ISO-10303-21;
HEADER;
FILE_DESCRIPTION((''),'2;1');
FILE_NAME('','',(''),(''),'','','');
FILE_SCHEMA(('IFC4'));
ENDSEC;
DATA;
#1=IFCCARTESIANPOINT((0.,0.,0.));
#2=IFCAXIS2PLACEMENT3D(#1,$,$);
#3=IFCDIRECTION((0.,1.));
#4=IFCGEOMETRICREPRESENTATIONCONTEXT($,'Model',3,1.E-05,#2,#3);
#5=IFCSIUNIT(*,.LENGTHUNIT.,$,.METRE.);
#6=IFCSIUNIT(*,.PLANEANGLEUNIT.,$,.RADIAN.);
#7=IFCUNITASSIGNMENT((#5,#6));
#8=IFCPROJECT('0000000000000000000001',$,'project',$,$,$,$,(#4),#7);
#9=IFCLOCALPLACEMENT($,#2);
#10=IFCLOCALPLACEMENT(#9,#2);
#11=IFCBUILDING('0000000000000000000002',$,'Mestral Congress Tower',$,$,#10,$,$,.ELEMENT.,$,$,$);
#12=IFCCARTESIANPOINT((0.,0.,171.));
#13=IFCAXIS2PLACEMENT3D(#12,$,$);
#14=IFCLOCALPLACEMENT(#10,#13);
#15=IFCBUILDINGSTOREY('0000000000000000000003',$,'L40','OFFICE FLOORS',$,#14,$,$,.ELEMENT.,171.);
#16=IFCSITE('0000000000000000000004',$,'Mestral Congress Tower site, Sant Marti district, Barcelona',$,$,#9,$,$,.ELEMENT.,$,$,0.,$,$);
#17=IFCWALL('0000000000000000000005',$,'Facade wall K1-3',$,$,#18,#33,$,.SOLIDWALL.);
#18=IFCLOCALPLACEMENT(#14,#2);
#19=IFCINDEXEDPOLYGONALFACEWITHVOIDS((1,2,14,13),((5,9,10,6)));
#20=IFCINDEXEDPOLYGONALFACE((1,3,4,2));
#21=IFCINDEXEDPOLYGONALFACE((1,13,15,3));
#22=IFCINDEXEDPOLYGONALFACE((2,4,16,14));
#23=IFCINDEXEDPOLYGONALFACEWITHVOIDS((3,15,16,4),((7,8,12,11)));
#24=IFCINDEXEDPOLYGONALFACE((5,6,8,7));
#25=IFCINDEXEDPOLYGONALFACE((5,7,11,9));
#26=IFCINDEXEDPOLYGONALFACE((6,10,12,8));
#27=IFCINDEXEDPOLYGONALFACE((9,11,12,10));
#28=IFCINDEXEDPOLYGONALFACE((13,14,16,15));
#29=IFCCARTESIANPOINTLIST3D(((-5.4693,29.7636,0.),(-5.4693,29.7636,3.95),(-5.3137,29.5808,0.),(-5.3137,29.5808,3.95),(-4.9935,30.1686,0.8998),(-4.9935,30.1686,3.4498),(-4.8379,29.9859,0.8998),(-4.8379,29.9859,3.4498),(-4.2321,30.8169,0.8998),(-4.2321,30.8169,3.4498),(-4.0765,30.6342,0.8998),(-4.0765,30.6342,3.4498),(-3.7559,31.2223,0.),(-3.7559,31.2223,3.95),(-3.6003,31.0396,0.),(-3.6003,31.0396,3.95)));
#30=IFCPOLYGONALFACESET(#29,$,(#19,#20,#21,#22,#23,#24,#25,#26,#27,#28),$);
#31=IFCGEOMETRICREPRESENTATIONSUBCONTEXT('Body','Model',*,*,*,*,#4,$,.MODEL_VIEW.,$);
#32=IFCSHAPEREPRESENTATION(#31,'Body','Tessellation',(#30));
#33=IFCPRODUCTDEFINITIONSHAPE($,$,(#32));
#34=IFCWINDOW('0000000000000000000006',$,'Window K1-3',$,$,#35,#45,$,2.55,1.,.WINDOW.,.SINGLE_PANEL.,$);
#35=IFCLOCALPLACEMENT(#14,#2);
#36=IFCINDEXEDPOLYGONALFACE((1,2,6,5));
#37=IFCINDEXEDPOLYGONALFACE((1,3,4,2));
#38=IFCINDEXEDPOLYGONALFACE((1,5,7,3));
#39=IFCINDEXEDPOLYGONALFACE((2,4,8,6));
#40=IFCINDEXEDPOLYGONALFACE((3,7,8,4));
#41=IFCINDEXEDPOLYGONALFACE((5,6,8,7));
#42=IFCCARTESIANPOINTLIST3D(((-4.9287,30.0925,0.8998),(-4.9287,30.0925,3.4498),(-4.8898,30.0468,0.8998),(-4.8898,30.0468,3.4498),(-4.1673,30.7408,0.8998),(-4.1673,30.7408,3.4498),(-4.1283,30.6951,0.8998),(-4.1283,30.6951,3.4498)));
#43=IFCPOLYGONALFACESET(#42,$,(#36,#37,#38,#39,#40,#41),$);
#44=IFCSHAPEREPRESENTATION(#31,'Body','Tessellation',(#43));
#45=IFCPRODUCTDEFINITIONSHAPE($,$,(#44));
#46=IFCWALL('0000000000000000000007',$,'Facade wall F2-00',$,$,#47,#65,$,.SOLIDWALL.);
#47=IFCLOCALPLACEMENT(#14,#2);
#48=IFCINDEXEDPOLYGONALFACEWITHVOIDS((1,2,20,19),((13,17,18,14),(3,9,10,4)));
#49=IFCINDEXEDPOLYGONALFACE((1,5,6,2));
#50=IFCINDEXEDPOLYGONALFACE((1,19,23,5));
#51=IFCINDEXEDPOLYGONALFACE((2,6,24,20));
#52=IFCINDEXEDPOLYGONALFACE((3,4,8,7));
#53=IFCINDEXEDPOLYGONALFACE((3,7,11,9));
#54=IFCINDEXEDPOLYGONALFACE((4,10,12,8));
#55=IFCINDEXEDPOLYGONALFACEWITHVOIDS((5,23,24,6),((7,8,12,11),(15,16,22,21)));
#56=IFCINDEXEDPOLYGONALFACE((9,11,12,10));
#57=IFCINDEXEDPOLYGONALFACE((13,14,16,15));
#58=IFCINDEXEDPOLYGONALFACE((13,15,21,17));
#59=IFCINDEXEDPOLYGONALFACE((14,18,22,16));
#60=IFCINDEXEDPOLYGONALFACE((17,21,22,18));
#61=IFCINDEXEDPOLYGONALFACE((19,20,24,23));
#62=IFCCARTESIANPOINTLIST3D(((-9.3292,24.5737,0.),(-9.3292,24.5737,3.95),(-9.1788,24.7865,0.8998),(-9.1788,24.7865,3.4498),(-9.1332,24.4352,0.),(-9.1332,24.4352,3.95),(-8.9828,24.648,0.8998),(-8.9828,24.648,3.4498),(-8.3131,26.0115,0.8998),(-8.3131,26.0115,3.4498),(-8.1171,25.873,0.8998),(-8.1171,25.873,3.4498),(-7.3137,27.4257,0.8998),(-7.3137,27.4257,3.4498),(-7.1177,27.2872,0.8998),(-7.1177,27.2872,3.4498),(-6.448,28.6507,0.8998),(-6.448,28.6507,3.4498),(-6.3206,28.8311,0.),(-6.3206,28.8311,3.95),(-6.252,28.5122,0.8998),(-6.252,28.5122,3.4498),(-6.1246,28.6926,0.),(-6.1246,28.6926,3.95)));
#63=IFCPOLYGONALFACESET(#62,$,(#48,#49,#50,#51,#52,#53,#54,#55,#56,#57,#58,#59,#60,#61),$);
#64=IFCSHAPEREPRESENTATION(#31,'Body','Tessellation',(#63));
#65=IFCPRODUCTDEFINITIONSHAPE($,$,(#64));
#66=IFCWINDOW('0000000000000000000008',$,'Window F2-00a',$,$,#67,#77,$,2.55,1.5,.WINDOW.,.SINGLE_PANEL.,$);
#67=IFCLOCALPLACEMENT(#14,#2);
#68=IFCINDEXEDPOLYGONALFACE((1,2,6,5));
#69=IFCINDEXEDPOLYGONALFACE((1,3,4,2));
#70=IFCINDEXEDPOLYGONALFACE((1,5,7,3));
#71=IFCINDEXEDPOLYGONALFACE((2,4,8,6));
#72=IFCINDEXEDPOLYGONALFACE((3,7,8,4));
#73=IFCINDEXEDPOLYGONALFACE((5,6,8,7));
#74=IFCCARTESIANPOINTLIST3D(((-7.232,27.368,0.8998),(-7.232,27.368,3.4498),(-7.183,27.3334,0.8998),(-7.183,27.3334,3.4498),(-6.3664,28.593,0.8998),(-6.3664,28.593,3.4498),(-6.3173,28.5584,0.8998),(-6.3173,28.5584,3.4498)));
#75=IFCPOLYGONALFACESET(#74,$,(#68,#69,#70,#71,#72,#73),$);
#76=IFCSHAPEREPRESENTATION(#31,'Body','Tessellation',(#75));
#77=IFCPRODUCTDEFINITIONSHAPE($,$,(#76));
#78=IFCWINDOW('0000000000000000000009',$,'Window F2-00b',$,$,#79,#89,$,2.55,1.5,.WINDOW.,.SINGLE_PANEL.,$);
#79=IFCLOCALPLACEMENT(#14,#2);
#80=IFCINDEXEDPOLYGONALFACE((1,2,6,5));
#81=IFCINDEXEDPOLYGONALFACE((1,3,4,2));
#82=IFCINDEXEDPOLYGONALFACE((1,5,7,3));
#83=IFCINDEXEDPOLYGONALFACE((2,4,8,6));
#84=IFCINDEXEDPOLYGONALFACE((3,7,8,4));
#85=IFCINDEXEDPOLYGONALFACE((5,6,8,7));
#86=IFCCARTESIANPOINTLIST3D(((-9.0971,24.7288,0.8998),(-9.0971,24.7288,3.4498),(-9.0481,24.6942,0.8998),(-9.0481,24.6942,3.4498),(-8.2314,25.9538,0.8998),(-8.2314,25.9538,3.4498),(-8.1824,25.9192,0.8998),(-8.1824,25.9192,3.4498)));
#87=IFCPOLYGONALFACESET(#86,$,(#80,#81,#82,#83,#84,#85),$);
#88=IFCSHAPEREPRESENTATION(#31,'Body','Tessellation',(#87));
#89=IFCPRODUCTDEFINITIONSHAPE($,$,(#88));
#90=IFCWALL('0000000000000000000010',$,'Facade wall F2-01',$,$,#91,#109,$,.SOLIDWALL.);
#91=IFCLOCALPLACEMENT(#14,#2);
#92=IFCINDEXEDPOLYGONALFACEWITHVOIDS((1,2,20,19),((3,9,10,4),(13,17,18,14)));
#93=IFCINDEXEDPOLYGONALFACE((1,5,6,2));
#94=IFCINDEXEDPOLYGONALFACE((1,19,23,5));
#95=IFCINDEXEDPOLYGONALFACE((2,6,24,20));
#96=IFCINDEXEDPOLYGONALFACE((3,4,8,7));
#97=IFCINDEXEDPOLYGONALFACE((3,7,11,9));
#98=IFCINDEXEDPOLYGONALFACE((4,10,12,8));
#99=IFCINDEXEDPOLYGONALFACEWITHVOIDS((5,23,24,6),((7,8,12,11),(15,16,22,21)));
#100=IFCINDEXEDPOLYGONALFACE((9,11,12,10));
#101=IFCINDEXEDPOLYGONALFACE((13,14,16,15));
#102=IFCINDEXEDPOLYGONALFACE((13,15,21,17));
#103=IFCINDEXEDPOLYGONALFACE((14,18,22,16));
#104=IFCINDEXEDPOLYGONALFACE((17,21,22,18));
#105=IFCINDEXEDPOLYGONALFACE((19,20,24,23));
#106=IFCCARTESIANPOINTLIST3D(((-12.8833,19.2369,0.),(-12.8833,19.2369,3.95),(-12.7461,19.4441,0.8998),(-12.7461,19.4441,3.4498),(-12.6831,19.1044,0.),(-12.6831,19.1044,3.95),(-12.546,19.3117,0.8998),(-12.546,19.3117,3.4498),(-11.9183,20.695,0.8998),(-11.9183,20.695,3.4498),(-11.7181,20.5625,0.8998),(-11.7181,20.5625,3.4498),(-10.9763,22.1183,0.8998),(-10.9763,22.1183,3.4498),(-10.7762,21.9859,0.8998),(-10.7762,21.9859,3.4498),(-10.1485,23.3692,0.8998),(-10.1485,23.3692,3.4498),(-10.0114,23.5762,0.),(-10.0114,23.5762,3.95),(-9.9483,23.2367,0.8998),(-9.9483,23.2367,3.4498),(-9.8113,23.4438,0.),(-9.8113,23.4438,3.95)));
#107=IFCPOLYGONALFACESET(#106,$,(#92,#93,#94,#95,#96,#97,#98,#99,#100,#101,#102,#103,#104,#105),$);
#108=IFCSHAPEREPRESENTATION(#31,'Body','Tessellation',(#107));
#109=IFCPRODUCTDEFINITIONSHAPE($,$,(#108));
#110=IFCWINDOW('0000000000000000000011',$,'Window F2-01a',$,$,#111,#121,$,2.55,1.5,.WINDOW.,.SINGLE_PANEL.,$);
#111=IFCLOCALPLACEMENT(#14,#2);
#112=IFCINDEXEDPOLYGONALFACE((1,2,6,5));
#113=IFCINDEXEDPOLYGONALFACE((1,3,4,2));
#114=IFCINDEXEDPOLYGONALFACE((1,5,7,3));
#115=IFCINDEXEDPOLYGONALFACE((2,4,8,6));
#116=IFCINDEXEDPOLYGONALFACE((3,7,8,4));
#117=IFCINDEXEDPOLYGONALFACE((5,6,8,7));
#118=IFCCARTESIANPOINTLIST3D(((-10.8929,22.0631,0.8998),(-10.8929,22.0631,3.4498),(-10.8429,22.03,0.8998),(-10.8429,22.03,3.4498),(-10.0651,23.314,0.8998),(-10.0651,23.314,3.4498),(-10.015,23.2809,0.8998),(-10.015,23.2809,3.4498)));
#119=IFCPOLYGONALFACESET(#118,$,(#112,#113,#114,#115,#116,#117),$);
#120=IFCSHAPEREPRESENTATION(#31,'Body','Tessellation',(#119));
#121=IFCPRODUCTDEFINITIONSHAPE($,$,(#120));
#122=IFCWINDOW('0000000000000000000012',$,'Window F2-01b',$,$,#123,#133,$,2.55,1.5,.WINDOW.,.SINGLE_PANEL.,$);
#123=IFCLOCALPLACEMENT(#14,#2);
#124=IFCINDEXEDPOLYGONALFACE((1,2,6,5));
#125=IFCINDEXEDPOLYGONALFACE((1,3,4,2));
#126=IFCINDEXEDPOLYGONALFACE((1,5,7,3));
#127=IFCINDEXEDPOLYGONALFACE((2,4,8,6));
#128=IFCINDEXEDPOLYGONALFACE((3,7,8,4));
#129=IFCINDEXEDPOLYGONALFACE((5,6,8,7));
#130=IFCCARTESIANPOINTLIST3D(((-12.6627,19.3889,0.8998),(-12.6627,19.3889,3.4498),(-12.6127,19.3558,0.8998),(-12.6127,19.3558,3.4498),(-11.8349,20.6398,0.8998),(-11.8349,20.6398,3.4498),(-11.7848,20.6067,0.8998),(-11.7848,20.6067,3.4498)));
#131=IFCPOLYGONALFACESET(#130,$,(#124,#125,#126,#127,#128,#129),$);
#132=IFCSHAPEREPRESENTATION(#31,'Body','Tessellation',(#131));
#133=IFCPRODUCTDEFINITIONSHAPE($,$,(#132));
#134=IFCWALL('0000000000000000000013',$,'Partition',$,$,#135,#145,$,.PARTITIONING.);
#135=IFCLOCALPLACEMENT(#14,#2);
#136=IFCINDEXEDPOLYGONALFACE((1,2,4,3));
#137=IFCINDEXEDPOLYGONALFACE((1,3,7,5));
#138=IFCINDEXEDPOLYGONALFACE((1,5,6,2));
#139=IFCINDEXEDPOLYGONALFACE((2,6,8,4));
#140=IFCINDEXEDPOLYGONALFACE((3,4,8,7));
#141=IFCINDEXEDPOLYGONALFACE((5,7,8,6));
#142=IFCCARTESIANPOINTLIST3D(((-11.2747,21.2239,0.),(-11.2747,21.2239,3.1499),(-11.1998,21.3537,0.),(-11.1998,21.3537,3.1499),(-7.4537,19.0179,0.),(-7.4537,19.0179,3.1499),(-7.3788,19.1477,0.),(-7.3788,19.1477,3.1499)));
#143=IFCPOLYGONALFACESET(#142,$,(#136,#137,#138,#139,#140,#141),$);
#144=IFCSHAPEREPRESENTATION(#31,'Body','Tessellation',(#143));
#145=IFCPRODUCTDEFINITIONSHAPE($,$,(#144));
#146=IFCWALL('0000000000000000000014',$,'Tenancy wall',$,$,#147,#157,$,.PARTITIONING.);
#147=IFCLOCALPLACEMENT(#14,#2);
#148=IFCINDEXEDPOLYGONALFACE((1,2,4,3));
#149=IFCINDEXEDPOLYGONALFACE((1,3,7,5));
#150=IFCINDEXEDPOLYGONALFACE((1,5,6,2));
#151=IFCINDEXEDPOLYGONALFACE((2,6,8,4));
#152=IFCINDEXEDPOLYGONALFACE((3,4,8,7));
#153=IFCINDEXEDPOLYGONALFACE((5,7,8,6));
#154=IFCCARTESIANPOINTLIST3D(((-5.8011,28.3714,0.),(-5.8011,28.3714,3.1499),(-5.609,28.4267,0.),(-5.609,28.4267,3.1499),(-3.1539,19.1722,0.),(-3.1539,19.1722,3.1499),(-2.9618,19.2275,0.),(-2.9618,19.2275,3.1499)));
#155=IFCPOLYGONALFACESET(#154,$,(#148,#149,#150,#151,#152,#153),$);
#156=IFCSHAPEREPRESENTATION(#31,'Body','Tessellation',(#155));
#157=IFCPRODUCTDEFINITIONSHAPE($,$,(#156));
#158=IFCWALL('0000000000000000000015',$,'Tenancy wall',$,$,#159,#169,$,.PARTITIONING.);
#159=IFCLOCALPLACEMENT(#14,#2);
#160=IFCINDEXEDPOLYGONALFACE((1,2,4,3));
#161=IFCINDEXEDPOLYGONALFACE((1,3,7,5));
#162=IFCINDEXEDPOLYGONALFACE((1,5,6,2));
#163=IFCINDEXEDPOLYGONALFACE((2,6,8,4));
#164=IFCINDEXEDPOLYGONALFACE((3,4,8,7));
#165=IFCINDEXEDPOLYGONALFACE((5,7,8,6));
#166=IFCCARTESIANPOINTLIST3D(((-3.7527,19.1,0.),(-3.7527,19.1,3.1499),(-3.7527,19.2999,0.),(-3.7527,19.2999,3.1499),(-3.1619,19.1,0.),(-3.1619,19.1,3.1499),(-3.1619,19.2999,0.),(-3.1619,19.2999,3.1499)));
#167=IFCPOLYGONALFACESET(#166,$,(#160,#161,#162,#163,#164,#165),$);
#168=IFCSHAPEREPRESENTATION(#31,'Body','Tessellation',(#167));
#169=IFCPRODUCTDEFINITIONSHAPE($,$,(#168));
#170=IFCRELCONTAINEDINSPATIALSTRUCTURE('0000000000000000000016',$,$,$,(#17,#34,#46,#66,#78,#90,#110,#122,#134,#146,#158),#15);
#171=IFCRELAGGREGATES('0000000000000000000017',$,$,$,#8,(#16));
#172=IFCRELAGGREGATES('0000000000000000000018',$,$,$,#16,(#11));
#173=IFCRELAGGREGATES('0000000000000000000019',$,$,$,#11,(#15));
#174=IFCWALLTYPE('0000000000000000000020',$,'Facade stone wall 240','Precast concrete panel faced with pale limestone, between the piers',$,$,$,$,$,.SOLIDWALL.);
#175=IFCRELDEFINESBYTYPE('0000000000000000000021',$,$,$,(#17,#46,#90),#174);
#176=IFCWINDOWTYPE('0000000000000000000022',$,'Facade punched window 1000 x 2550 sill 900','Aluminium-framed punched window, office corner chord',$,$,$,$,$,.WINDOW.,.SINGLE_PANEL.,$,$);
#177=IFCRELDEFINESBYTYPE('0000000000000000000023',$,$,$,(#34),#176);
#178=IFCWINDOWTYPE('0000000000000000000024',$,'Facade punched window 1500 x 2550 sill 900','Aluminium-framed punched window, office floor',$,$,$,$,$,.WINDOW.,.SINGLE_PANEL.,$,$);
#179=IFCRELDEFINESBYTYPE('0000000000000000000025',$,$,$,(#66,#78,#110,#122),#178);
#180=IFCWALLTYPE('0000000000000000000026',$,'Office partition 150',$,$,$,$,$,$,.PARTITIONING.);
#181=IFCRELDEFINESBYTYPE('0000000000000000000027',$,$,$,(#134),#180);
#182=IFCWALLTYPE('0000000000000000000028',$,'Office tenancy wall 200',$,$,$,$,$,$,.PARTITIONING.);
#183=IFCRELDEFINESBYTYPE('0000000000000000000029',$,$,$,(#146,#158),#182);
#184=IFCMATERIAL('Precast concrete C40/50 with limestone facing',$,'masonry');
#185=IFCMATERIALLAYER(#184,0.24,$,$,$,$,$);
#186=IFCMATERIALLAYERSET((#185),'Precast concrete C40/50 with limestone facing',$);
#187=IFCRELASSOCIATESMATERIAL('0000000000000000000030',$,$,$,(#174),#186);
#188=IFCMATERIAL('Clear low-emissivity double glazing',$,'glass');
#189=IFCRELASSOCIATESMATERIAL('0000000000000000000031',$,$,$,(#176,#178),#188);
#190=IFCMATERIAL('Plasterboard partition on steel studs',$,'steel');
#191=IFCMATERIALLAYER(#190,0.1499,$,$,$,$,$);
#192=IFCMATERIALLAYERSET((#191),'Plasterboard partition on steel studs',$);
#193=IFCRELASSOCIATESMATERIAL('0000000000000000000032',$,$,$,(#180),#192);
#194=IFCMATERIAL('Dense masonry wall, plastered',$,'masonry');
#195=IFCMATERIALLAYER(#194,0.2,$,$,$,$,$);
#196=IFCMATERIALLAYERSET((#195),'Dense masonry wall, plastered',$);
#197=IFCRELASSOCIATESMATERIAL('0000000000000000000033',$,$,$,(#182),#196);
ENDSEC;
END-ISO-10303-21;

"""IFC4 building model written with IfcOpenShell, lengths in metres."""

from ifc_helpers import new_model, si_unit, direction, frame, frame_2d, origin, place, context, subcontext, project, spatial, rectangle, extrude, material, layer, layer_set, type_object, element, fill, save


model = new_model("IFC4")

# Units and contexts
model_context = context("Model", 3, precision=1e-05, world=origin(), true_north=direction((0.0, 1.0)))
body_context = subcontext(model_context, "Body", "Model", "MODEL_VIEW")
ifc_project = project(units=[si_unit("LENGTHUNIT", "METRE"), si_unit("PLANEANGLEUNIT", "RADIAN")], contexts=[model_context])

# Site, building, storey
site_placement = place(None, origin())
site = spatial("IfcSite", under=ifc_project, at=site_placement, Name="Mestral Congress Tower site, Sant Marti district, Barcelona", CompositionType="ELEMENT", RefElevation=0.0)
building_placement = place(site_placement, origin())
building = spatial("IfcBuilding", under=site, at=building_placement, Name="Mestral Congress Tower", CompositionType="ELEMENT")
storey_placement = place(building_placement, frame((0.0, 0.0, 171.0)))
storey = spatial("IfcBuildingStorey", under=building, at=storey_placement, Name="L40", Description="OFFICE FLOORS", CompositionType="ELEMENT", Elevation=171.0)

# Wall, opening, window
ifc_material_1 = material(Name="Precast concrete C40/50 with limestone facing", Category="masonry")
ifc_layer_1 = layer(ifc_material_1, 0.24)
ifc_layer_set_1 = layer_set([ifc_layer_1], Name="Precast concrete C40/50 with limestone facing")
wall_type_1 = type_object("IfcWallType", Name="Facade stone wall 240", Description="Precast concrete panel faced with pale limestone, between the piers", PredefinedType="SOLIDWALL", material=ifc_layer_set_1)
ifc_material_2 = material(Name="Clear low-emissivity double glazing", Category="glass")
window_type_1 = type_object("IfcWindowType", Name="Facade punched window 1000 x 2550 sill 900", Description="Aluminium-framed punched window, office corner chord", PartitioningType="SINGLE_PANEL", PredefinedType="WINDOW", material=ifc_material_2)
wall_1_placement = place(storey_placement, frame((-3.6782, 31.1309, 0.0), z_axis=(0.0, 0.0, 1.0), x_axis=(-0.76142, -0.648259, 0.0)))
wall_1 = element("IfcWall", 1, at=wall_1_placement, inside=storey, type_object=wall_type_1, Name="Facade wall K1-3", PredefinedType="SOLIDWALL", context=body_context, shape_type="SweptSolid", body=[
    extrude(rectangle(XDim=2.2502, YDim=0.24, at=frame_2d((1.125, 0.0))), origin(), (0.0, 0.0, 1.0), 3.95),
])
opening_1_placement = place(wall_1_placement, frame((0.6252, 0.0, 0.8999)))
opening_1 = element("IfcOpeningElement", 2, at=opening_1_placement, cuts=wall_1, PredefinedType="OPENING", context=body_context, shape_type="SweptSolid", body=[
    extrude(rectangle(XDim=1.0, YDim=2.55, at=frame_2d((0.5, 1.2749))), frame((0.0, 0.1299, 0.0), z_axis=(0.0, -1.0, 0.0), x_axis=(1.0, 0.0, 0.0)), (0.0, 0.0, 1.0), 0.26),
])
window_1_placement = place(opening_1_placement, origin())
window_1 = element("IfcWindow", 3, at=window_1_placement, inside=storey, type_object=window_type_1, Name="Window K1-3", OverallHeight=2.55, OverallWidth=1.0, PartitioningType="SINGLE_PANEL", PredefinedType="WINDOW", context=body_context, shape_type="SweptSolid", body=[
    extrude(rectangle(XDim=1.0, YDim=2.55, at=frame_2d((0.5, 1.2749))), frame((0.0, 0.04, 0.0), z_axis=(0.0, -1.0, 0.0), x_axis=(1.0, 0.0, 0.0)), (0.0, 0.0, 1.0), 0.0601),
])
fill(opening_1, window_1)

# Walls, openings, windows
wall_2_placement = place(storey_placement, frame((-6.2227, 28.7617, 0.0), z_axis=(0.0, 0.0, 1.0), x_axis=(-0.577115, -0.816663, 0.0)))
wall_2 = element("IfcWall", 4, at=wall_2_placement, inside=storey, type_object=wall_type_1, Name="Facade wall F2-00", PredefinedType="SOLIDWALL", context=body_context, shape_type="SweptSolid", body=[
    extrude(rectangle(XDim=5.2131, YDim=0.24, at=frame_2d((2.6064, 0.0))), origin(), (0.0, 0.0, 1.0), 3.95),
])
opening_2_placement = place(wall_2_placement, frame((0.2207, 0.0, 0.8999)))
opening_2 = element("IfcOpeningElement", 5, at=opening_2_placement, cuts=wall_2, PredefinedType="OPENING", context=body_context, shape_type="SweptSolid", body=[
    extrude(rectangle(XDim=1.5, YDim=2.55, at=frame_2d((0.75, 1.2749))), frame((0.0, 0.1299, 0.0), z_axis=(0.0, -1.0, 0.0), x_axis=(1.0, 0.0, 0.0)), (0.0, 0.0, 1.0), 0.26),
])
opening_3_placement = place(wall_2_placement, frame((3.4524, 0.0, 0.8999)))
opening_3 = element("IfcOpeningElement", 6, at=opening_3_placement, cuts=wall_2, PredefinedType="OPENING", context=body_context, shape_type="SweptSolid", body=[
    extrude(rectangle(XDim=1.5, YDim=2.55, at=frame_2d((0.75, 1.2749))), frame((0.0, 0.1299, 0.0), z_axis=(0.0, -1.0, 0.0), x_axis=(1.0, 0.0, 0.0)), (0.0, 0.0, 1.0), 0.26),
])
window_type_2 = type_object("IfcWindowType", Name="Facade punched window 1500 x 2550 sill 900", Description="Aluminium-framed punched window, office floor", PartitioningType="SINGLE_PANEL", PredefinedType="WINDOW", material=ifc_material_2)
window_2_placement = place(opening_2_placement, origin())
window_2 = element("IfcWindow", 7, at=window_2_placement, inside=storey, type_object=window_type_2, Name="Window F2-00a", OverallHeight=2.55, OverallWidth=1.5, PartitioningType="SINGLE_PANEL", PredefinedType="WINDOW", context=body_context, shape_type="SweptSolid", body=[
    extrude(rectangle(XDim=1.5, YDim=2.55, at=frame_2d((0.75, 1.2749))), frame((0.0, 0.04, 0.0), z_axis=(0.0, -1.0, 0.0), x_axis=(1.0, 0.0, 0.0)), (0.0, 0.0, 1.0), 0.0601),
])
fill(opening_2, window_2)
window_3_placement = place(opening_3_placement, origin())
window_3 = element("IfcWindow", 8, at=window_3_placement, inside=storey, type_object=window_type_2, Name="Window F2-00b", OverallHeight=2.55, OverallWidth=1.5, PartitioningType="SINGLE_PANEL", PredefinedType="WINDOW", context=body_context, shape_type="SweptSolid", body=[
    extrude(rectangle(XDim=1.5, YDim=2.55, at=frame_2d((0.75, 1.2749))), frame((0.0, 0.04, 0.0), z_axis=(0.0, -1.0, 0.0), x_axis=(1.0, 0.0, 0.0)), (0.0, 0.0, 1.0), 0.0601),
])
fill(opening_3, window_3)
wall_3_placement = place(storey_placement, frame((-9.9114, 23.51, 0.0), z_axis=(0.0, 0.0, 1.0), x_axis=(-0.551893, -0.833915, 0.0)))
wall_3 = element("IfcWall", 9, at=wall_3_placement, inside=storey, type_object=wall_type_1, Name="Facade wall F2-01", PredefinedType="SOLIDWALL", context=body_context, shape_type="SweptSolid", body=[
    extrude(rectangle(XDim=5.2036, YDim=0.24, at=frame_2d((2.6018, 0.0))), origin(), (0.0, 0.0, 1.0), 3.95),
])
opening_4_placement = place(wall_3_placement, frame((0.2483, 0.0, 0.8999)))
opening_4 = element("IfcOpeningElement", 10, at=opening_4_placement, cuts=wall_3, PredefinedType="OPENING", context=body_context, shape_type="SweptSolid", body=[
    extrude(rectangle(XDim=1.5, YDim=2.55, at=frame_2d((0.75, 1.2749))), frame((0.0, 0.1299, 0.0), z_axis=(0.0, -1.0, 0.0), x_axis=(1.0, 0.0, 0.0)), (0.0, 0.0, 1.0), 0.26),
])
opening_5_placement = place(wall_3_placement, frame((3.4551, 0.0, 0.8999)))
opening_5 = element("IfcOpeningElement", 11, at=opening_5_placement, cuts=wall_3, PredefinedType="OPENING", context=body_context, shape_type="SweptSolid", body=[
    extrude(rectangle(XDim=1.5, YDim=2.55, at=frame_2d((0.75, 1.2749))), frame((0.0, 0.1299, 0.0), z_axis=(0.0, -1.0, 0.0), x_axis=(1.0, 0.0, 0.0)), (0.0, 0.0, 1.0), 0.26),
])
window_4_placement = place(opening_4_placement, origin())
window_4 = element("IfcWindow", 12, at=window_4_placement, inside=storey, type_object=window_type_2, Name="Window F2-01a", OverallHeight=2.55, OverallWidth=1.5, PartitioningType="SINGLE_PANEL", PredefinedType="WINDOW", context=body_context, shape_type="SweptSolid", body=[
    extrude(rectangle(XDim=1.5, YDim=2.55, at=frame_2d((0.75, 1.2749))), frame((0.0, 0.04, 0.0), z_axis=(0.0, -1.0, 0.0), x_axis=(1.0, 0.0, 0.0)), (0.0, 0.0, 1.0), 0.0601),
])
fill(opening_4, window_4)
window_5_placement = place(opening_5_placement, origin())
window_5 = element("IfcWindow", 13, at=window_5_placement, inside=storey, type_object=window_type_2, Name="Window F2-01b", OverallHeight=2.55, OverallWidth=1.5, PartitioningType="SINGLE_PANEL", PredefinedType="WINDOW", context=body_context, shape_type="SweptSolid", body=[
    extrude(rectangle(XDim=1.5, YDim=2.55, at=frame_2d((0.75, 1.2749))), frame((0.0, 0.04, 0.0), z_axis=(0.0, -1.0, 0.0), x_axis=(1.0, 0.0, 0.0)), (0.0, 0.0, 1.0), 0.0601),
])
fill(opening_5, window_5)

# Walls
ifc_material_3 = material(Name="Plasterboard partition on steel studs", Category="steel")
ifc_layer_2 = layer(ifc_material_3, 0.1499)
ifc_layer_set_2 = layer_set([ifc_layer_2], Name="Plasterboard partition on steel studs")
wall_type_2 = type_object("IfcWallType", Name="Office partition 150", PredefinedType="PARTITIONING", material=ifc_layer_set_2)
wall_4_placement = place(storey_placement, frame((-7.4163, 19.0828, 0.0), z_axis=(0.0, 0.0, 1.0), x_axis=(-0.866028, 0.499995, 0.0)))
element("IfcWall", 14, at=wall_4_placement, inside=storey, type_object=wall_type_2, Name="Partition", PredefinedType="PARTITIONING", context=body_context, shape_type="SweptSolid", body=[
    extrude(rectangle(XDim=4.4121, YDim=0.1499, at=frame_2d((2.2061, 0.0))), origin(), (0.0, 0.0, 1.0), 3.1499),
])
ifc_material_4 = material(Name="Dense masonry wall, plastered", Category="masonry")
ifc_layer_3 = layer(ifc_material_4, 0.2)
ifc_layer_set_3 = layer_set([ifc_layer_3], Name="Dense masonry wall, plastered")
wall_type_3 = type_object("IfcWallType", Name="Office tenancy wall 200", PredefinedType="PARTITIONING", material=ifc_layer_set_3)
wall_5_placement = place(storey_placement, frame((-3.0579, 19.2, 0.0), z_axis=(0.0, 0.0, 1.0), x_axis=(-0.276543, 0.961002, 0.0)))
element("IfcWall", 15, at=wall_5_placement, inside=storey, type_object=wall_type_3, Name="Tenancy wall", PredefinedType="PARTITIONING", context=body_context, shape_type="SweptSolid", body=[
    extrude(rectangle(XDim=9.5725, YDim=0.2, at=frame_2d((4.7861, 0.0))), origin(), (0.0, 0.0, 1.0), 3.1499),
])
wall_6_placement = place(storey_placement, frame((-3.1619, 19.2, 0.0), z_axis=(0.0, 0.0, 1.0), x_axis=(-1.0, 0.0, 0.0)))
element("IfcWall", 16, at=wall_6_placement, inside=storey, type_object=wall_type_3, Name="Tenancy wall", PredefinedType="PARTITIONING", context=body_context, shape_type="SweptSolid", body=[
    extrude(rectangle(XDim=0.5908, YDim=0.2, at=frame_2d((0.2954, 0.0))), origin(), (0.0, 0.0, 1.0), 3.1499),
])

save(model, "model.ifc")
